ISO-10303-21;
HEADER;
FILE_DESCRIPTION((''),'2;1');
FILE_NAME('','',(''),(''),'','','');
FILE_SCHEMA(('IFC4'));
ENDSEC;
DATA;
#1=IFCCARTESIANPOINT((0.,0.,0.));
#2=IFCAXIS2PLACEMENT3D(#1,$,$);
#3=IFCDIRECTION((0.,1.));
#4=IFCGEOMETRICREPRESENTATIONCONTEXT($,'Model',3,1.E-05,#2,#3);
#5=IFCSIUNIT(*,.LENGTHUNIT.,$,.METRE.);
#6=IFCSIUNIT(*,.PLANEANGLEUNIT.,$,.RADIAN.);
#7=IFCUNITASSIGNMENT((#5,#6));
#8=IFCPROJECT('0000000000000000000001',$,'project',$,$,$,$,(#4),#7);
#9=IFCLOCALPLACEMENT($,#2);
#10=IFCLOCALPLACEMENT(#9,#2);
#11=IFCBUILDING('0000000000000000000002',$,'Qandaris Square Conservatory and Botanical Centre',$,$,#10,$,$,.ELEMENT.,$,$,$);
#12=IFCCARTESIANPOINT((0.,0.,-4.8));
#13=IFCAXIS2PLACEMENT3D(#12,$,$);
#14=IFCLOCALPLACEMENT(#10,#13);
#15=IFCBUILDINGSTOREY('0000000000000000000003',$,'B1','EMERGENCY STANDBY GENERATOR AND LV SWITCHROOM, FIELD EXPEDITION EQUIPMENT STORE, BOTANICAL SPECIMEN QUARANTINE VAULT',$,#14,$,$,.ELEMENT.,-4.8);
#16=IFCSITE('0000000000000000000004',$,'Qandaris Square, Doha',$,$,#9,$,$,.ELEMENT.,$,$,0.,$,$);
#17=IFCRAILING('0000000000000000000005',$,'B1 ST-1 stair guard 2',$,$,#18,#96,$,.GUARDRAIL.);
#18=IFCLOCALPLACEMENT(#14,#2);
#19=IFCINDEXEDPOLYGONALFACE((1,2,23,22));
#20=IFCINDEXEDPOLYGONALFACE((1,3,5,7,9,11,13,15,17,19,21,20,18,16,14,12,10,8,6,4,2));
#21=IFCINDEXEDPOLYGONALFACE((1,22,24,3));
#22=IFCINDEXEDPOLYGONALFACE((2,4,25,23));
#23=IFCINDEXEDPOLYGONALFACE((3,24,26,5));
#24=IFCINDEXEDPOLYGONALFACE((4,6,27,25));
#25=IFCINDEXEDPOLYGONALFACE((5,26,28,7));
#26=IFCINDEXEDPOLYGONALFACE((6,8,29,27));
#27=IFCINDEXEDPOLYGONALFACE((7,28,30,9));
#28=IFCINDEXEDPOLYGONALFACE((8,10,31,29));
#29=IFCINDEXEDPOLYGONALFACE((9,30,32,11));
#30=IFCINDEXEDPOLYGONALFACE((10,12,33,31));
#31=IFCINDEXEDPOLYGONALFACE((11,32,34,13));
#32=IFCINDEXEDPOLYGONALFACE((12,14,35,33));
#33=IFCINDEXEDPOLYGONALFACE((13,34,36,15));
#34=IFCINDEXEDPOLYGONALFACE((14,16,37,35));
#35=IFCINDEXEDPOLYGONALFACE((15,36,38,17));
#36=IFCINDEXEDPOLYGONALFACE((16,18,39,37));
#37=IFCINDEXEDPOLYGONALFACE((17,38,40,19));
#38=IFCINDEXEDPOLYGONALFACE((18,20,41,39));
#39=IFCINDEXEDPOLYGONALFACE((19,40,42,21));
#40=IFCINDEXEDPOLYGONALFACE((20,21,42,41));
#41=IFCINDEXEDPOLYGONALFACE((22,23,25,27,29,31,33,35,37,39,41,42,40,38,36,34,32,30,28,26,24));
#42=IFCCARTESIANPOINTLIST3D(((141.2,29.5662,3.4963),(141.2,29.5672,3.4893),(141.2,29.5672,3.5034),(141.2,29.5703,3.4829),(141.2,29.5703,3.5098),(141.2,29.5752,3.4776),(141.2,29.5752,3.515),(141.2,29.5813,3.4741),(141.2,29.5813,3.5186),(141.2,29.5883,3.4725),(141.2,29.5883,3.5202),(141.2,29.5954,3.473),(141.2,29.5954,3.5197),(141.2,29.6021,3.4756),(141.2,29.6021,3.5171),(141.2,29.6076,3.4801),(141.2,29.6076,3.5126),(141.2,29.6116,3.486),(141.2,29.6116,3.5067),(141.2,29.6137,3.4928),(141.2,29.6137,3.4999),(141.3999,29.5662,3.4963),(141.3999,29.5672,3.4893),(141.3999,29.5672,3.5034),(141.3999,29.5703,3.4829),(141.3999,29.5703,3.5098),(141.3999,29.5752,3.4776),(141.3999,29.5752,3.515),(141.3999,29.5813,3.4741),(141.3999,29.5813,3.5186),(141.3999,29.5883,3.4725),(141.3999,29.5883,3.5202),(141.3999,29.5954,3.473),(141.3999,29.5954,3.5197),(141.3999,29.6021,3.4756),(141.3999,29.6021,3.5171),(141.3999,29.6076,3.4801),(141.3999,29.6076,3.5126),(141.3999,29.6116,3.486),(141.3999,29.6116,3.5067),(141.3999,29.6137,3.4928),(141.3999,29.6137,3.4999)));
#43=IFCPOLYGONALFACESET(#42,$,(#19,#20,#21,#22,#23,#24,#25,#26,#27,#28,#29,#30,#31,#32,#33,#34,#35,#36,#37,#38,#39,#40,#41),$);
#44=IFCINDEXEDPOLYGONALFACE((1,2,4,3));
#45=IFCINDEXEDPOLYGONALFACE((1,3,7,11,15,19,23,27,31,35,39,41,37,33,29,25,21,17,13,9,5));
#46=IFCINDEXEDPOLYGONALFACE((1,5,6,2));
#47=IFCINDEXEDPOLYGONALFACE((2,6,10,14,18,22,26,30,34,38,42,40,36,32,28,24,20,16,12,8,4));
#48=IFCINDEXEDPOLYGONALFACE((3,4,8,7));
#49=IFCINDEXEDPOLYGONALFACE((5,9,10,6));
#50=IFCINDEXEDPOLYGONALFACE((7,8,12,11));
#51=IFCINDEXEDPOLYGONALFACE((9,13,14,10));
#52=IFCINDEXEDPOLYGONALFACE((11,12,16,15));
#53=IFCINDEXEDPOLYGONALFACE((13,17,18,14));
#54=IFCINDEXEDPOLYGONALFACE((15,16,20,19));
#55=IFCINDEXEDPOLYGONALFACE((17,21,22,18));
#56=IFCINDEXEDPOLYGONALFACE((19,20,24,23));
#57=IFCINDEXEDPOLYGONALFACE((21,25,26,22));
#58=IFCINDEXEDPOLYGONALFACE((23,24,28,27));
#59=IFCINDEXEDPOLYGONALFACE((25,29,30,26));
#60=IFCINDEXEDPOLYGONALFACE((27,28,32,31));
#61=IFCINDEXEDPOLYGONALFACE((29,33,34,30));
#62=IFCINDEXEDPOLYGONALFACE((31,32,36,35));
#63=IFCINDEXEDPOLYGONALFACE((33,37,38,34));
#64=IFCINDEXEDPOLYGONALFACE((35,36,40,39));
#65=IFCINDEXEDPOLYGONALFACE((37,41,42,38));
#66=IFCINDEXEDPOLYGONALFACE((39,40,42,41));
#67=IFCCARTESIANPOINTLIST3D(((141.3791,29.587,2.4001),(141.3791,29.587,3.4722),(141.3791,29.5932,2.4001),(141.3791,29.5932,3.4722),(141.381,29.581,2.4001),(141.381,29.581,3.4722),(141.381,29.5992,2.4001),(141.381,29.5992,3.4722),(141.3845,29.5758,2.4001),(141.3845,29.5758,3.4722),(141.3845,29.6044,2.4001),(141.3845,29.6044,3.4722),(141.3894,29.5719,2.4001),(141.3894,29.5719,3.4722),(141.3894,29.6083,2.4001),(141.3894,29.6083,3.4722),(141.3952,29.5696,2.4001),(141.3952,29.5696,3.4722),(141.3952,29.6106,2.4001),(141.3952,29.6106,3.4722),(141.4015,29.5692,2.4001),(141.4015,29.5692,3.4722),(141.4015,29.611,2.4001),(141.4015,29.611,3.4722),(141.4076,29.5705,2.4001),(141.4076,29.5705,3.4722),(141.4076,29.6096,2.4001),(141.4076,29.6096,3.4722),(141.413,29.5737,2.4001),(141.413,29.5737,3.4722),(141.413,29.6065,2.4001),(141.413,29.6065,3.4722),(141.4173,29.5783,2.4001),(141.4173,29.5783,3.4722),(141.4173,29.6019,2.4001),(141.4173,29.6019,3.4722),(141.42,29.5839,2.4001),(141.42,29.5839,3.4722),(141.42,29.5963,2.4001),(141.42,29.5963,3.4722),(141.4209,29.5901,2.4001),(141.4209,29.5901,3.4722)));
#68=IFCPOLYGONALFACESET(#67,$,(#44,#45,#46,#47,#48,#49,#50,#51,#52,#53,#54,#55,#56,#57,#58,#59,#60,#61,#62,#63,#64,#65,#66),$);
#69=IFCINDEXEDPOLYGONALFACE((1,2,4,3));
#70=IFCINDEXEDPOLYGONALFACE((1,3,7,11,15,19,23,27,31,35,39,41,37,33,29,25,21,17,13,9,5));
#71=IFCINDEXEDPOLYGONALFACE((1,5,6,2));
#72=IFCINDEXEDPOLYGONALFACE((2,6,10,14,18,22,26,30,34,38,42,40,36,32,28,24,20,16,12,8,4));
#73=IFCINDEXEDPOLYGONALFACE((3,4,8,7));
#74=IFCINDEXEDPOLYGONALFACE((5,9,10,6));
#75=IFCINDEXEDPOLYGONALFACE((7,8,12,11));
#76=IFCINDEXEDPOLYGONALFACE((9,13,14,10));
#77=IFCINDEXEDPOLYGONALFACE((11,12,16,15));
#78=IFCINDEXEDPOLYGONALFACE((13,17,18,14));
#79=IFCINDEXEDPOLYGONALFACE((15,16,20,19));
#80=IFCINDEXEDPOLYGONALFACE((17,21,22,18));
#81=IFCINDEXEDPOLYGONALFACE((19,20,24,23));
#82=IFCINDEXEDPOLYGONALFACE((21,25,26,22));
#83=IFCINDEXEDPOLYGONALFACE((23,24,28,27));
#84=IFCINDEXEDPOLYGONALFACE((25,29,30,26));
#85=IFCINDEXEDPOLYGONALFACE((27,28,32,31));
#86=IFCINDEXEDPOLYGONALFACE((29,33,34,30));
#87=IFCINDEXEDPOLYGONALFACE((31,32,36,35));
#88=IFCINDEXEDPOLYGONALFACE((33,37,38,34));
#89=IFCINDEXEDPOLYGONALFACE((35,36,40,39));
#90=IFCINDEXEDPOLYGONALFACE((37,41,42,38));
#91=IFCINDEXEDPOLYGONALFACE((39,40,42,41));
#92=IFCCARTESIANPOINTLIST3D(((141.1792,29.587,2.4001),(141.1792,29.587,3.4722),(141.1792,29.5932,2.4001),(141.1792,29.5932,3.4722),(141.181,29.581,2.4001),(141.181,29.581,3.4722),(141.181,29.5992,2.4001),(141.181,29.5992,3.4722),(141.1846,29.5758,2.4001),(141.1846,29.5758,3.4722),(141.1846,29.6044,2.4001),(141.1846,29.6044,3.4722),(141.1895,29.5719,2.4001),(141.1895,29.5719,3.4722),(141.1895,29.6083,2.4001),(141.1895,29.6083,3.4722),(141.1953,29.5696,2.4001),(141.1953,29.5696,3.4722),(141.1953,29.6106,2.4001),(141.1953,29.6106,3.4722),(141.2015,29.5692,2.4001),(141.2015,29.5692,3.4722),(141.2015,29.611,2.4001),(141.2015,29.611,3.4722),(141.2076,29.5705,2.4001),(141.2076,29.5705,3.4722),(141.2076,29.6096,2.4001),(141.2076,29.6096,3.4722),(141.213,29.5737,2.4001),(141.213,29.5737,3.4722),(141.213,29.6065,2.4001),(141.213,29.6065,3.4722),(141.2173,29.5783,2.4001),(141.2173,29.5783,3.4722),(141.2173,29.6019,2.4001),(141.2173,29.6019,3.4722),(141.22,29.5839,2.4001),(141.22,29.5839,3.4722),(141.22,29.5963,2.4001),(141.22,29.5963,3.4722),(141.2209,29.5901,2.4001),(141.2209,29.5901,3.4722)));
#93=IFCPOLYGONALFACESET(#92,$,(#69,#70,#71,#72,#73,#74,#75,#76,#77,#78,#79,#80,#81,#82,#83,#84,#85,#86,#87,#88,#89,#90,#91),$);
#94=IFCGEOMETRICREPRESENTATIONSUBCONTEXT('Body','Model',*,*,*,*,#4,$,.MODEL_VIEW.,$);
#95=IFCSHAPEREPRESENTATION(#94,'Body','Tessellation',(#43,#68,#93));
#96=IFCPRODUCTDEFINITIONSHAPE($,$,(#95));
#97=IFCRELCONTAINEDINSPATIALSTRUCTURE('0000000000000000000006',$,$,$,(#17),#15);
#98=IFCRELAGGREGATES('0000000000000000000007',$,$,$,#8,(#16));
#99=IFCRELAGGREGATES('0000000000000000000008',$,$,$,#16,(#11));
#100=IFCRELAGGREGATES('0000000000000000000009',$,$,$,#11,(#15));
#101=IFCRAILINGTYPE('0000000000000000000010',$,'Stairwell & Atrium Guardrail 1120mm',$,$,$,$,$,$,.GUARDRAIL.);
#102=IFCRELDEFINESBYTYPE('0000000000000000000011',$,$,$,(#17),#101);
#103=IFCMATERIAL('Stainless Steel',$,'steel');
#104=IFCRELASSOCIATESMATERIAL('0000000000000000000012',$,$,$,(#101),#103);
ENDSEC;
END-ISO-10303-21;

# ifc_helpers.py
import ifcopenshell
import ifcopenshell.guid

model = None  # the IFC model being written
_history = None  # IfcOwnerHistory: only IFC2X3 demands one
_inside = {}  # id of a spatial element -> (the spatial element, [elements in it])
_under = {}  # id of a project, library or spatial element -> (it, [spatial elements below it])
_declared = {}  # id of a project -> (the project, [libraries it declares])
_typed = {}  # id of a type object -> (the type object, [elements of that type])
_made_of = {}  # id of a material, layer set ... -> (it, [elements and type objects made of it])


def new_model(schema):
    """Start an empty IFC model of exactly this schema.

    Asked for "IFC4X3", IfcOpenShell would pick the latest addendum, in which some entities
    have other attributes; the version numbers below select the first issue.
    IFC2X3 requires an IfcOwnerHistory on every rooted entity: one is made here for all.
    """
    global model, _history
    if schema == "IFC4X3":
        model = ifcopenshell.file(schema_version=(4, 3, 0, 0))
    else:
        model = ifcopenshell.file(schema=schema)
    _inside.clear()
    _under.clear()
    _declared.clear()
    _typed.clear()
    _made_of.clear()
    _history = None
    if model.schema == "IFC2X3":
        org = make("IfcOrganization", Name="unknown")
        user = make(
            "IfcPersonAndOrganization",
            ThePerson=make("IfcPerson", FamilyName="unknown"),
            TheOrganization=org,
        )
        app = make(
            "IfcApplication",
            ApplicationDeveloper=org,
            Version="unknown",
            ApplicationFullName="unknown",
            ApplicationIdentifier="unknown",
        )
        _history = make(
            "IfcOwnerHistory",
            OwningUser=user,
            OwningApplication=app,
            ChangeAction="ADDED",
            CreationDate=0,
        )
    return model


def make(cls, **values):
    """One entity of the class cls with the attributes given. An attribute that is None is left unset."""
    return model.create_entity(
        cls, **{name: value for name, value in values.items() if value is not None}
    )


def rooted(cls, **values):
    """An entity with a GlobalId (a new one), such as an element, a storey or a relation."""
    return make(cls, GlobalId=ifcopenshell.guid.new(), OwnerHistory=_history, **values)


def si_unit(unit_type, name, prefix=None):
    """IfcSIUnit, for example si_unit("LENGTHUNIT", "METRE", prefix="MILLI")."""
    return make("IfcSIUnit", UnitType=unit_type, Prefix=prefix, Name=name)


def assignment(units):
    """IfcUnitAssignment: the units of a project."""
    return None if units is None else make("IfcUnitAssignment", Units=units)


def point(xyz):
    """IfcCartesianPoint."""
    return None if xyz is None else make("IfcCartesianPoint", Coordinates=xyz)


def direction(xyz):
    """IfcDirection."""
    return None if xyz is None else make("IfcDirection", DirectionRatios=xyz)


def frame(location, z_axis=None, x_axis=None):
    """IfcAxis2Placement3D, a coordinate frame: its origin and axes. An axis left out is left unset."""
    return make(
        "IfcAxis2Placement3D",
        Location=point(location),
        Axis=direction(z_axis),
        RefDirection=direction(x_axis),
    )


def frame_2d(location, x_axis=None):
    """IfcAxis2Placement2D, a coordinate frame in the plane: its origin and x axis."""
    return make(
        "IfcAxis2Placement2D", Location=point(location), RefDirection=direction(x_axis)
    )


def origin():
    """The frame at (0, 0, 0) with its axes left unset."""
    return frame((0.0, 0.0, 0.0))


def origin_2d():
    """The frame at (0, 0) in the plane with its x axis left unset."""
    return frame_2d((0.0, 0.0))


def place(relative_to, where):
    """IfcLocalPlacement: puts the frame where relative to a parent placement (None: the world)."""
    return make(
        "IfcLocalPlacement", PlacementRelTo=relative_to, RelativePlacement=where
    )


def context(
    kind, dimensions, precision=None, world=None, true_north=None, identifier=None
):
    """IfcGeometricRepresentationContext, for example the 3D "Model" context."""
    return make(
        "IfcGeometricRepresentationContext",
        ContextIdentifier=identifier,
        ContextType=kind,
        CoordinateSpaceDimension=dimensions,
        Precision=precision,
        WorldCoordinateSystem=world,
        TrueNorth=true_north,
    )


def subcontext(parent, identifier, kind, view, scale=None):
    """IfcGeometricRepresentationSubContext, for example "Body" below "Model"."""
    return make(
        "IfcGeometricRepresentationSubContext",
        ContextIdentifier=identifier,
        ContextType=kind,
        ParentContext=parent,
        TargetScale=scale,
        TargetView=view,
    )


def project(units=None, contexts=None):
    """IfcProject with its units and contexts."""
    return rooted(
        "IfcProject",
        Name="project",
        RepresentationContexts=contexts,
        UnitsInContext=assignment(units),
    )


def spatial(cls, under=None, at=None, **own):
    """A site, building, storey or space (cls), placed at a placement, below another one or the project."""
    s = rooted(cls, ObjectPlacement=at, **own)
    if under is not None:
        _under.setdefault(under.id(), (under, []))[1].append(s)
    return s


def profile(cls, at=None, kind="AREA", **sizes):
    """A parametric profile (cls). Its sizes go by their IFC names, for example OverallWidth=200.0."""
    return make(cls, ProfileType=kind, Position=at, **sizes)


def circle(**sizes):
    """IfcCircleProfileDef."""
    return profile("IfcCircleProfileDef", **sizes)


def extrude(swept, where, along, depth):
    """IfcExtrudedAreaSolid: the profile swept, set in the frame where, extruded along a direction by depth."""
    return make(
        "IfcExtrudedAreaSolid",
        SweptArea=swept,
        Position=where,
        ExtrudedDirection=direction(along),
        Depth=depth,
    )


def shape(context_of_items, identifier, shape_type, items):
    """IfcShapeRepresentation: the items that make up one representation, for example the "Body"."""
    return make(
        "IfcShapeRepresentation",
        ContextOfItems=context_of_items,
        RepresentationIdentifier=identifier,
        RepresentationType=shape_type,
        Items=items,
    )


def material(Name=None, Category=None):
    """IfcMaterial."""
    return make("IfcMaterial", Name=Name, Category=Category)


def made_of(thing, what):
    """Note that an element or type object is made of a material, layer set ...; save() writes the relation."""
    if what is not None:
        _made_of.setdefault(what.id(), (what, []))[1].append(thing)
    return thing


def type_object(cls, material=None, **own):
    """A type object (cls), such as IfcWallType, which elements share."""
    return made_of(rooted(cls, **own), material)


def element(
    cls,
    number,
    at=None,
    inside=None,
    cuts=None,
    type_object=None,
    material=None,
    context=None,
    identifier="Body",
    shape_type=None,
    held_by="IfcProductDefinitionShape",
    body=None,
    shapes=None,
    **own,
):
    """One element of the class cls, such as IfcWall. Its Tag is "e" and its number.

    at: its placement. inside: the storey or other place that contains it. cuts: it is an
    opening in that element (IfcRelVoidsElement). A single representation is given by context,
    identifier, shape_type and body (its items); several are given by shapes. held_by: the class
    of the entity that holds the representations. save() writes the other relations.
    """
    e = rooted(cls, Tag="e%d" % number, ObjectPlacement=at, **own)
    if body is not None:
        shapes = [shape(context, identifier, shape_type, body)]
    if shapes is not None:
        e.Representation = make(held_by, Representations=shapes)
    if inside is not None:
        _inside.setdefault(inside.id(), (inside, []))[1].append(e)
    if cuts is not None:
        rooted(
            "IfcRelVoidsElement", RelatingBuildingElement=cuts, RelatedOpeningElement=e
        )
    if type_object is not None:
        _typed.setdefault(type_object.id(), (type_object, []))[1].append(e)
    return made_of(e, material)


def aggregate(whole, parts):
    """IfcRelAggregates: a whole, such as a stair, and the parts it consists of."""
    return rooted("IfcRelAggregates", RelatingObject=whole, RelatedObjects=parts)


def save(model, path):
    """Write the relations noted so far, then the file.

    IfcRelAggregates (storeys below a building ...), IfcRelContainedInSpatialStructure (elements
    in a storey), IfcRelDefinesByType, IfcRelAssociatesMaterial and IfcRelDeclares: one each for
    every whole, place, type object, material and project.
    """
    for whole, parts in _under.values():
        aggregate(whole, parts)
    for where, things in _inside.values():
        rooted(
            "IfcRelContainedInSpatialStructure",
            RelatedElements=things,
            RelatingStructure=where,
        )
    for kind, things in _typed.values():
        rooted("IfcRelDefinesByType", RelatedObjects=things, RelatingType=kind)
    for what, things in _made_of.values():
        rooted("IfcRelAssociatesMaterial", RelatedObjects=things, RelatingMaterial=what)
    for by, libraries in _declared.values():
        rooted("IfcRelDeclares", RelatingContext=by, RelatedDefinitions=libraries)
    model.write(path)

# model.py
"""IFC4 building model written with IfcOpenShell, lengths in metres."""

from ifc_helpers import new_model, si_unit, direction, frame, origin, origin_2d, place, context, subcontext, project, spatial, circle, extrude, material, type_object, element, save


model = new_model("IFC4")

# Units and contexts
model_context = context("Model", 3, precision=1e-05, world=origin(), true_north=direction((0.0, 1.0)))
body_context = subcontext(model_context, "Body", "Model", "MODEL_VIEW")
ifc_project = project(units=[si_unit("LENGTHUNIT", "METRE"), si_unit("PLANEANGLEUNIT", "RADIAN")], contexts=[model_context])

# Site, building, storey
site_placement = place(None, origin())
site = spatial("IfcSite", under=ifc_project, at=site_placement, Name="Qandaris Square, Doha", CompositionType="ELEMENT", RefElevation=0.0)
building_placement = place(site_placement, origin())
building = spatial("IfcBuilding", under=site, at=building_placement, Name="Qandaris Square Conservatory and Botanical Centre", CompositionType="ELEMENT")
storey_placement = place(building_placement, frame((0.0, 0.0, -4.8)))
storey = spatial("IfcBuildingStorey", under=building, at=storey_placement, Name="B1", Description="EMERGENCY STANDBY GENERATOR AND LV SWITCHROOM, FIELD EXPEDITION EQUIPMENT STORE, BOTANICAL SPECIMEN QUARANTINE VAULT", CompositionType="ELEMENT", Elevation=-4.8)

# Railing
ifc_material_1 = material(Name="Stainless Steel", Category="steel")
railing_type_1 = type_object("IfcRailingType", Name="Stairwell & Atrium Guardrail 1120mm", PredefinedType="GUARDRAIL", material=ifc_material_1)
railing_1_placement = place(storey_placement, frame((141.3999, 29.5901, 2.4001)))
element("IfcRailing", 1, at=railing_1_placement, inside=storey, type_object=railing_type_1, Name="B1 ST-1 stair guard 2", PredefinedType="GUARDRAIL", context=body_context, shape_type="SweptSolid", body=[
    extrude(circle(Radius=0.0239, at=origin_2d()), frame((0.0, 0.0, 1.0962), z_axis=(-1.0, 0.0, 0.0), x_axis=(0.0, -1.0, 0.0)), (0.0, 0.0, 1.0), 0.2),
    extrude(circle(Radius=0.021, at=origin_2d()), origin(), (0.0, 0.0, 1.0), 1.072),
    extrude(circle(Radius=0.021, at=origin_2d()), frame((-0.2, 0.0, 0.0)), (0.0, 0.0, 1.0), 1.072),
])

save(model, "model.ifc")
